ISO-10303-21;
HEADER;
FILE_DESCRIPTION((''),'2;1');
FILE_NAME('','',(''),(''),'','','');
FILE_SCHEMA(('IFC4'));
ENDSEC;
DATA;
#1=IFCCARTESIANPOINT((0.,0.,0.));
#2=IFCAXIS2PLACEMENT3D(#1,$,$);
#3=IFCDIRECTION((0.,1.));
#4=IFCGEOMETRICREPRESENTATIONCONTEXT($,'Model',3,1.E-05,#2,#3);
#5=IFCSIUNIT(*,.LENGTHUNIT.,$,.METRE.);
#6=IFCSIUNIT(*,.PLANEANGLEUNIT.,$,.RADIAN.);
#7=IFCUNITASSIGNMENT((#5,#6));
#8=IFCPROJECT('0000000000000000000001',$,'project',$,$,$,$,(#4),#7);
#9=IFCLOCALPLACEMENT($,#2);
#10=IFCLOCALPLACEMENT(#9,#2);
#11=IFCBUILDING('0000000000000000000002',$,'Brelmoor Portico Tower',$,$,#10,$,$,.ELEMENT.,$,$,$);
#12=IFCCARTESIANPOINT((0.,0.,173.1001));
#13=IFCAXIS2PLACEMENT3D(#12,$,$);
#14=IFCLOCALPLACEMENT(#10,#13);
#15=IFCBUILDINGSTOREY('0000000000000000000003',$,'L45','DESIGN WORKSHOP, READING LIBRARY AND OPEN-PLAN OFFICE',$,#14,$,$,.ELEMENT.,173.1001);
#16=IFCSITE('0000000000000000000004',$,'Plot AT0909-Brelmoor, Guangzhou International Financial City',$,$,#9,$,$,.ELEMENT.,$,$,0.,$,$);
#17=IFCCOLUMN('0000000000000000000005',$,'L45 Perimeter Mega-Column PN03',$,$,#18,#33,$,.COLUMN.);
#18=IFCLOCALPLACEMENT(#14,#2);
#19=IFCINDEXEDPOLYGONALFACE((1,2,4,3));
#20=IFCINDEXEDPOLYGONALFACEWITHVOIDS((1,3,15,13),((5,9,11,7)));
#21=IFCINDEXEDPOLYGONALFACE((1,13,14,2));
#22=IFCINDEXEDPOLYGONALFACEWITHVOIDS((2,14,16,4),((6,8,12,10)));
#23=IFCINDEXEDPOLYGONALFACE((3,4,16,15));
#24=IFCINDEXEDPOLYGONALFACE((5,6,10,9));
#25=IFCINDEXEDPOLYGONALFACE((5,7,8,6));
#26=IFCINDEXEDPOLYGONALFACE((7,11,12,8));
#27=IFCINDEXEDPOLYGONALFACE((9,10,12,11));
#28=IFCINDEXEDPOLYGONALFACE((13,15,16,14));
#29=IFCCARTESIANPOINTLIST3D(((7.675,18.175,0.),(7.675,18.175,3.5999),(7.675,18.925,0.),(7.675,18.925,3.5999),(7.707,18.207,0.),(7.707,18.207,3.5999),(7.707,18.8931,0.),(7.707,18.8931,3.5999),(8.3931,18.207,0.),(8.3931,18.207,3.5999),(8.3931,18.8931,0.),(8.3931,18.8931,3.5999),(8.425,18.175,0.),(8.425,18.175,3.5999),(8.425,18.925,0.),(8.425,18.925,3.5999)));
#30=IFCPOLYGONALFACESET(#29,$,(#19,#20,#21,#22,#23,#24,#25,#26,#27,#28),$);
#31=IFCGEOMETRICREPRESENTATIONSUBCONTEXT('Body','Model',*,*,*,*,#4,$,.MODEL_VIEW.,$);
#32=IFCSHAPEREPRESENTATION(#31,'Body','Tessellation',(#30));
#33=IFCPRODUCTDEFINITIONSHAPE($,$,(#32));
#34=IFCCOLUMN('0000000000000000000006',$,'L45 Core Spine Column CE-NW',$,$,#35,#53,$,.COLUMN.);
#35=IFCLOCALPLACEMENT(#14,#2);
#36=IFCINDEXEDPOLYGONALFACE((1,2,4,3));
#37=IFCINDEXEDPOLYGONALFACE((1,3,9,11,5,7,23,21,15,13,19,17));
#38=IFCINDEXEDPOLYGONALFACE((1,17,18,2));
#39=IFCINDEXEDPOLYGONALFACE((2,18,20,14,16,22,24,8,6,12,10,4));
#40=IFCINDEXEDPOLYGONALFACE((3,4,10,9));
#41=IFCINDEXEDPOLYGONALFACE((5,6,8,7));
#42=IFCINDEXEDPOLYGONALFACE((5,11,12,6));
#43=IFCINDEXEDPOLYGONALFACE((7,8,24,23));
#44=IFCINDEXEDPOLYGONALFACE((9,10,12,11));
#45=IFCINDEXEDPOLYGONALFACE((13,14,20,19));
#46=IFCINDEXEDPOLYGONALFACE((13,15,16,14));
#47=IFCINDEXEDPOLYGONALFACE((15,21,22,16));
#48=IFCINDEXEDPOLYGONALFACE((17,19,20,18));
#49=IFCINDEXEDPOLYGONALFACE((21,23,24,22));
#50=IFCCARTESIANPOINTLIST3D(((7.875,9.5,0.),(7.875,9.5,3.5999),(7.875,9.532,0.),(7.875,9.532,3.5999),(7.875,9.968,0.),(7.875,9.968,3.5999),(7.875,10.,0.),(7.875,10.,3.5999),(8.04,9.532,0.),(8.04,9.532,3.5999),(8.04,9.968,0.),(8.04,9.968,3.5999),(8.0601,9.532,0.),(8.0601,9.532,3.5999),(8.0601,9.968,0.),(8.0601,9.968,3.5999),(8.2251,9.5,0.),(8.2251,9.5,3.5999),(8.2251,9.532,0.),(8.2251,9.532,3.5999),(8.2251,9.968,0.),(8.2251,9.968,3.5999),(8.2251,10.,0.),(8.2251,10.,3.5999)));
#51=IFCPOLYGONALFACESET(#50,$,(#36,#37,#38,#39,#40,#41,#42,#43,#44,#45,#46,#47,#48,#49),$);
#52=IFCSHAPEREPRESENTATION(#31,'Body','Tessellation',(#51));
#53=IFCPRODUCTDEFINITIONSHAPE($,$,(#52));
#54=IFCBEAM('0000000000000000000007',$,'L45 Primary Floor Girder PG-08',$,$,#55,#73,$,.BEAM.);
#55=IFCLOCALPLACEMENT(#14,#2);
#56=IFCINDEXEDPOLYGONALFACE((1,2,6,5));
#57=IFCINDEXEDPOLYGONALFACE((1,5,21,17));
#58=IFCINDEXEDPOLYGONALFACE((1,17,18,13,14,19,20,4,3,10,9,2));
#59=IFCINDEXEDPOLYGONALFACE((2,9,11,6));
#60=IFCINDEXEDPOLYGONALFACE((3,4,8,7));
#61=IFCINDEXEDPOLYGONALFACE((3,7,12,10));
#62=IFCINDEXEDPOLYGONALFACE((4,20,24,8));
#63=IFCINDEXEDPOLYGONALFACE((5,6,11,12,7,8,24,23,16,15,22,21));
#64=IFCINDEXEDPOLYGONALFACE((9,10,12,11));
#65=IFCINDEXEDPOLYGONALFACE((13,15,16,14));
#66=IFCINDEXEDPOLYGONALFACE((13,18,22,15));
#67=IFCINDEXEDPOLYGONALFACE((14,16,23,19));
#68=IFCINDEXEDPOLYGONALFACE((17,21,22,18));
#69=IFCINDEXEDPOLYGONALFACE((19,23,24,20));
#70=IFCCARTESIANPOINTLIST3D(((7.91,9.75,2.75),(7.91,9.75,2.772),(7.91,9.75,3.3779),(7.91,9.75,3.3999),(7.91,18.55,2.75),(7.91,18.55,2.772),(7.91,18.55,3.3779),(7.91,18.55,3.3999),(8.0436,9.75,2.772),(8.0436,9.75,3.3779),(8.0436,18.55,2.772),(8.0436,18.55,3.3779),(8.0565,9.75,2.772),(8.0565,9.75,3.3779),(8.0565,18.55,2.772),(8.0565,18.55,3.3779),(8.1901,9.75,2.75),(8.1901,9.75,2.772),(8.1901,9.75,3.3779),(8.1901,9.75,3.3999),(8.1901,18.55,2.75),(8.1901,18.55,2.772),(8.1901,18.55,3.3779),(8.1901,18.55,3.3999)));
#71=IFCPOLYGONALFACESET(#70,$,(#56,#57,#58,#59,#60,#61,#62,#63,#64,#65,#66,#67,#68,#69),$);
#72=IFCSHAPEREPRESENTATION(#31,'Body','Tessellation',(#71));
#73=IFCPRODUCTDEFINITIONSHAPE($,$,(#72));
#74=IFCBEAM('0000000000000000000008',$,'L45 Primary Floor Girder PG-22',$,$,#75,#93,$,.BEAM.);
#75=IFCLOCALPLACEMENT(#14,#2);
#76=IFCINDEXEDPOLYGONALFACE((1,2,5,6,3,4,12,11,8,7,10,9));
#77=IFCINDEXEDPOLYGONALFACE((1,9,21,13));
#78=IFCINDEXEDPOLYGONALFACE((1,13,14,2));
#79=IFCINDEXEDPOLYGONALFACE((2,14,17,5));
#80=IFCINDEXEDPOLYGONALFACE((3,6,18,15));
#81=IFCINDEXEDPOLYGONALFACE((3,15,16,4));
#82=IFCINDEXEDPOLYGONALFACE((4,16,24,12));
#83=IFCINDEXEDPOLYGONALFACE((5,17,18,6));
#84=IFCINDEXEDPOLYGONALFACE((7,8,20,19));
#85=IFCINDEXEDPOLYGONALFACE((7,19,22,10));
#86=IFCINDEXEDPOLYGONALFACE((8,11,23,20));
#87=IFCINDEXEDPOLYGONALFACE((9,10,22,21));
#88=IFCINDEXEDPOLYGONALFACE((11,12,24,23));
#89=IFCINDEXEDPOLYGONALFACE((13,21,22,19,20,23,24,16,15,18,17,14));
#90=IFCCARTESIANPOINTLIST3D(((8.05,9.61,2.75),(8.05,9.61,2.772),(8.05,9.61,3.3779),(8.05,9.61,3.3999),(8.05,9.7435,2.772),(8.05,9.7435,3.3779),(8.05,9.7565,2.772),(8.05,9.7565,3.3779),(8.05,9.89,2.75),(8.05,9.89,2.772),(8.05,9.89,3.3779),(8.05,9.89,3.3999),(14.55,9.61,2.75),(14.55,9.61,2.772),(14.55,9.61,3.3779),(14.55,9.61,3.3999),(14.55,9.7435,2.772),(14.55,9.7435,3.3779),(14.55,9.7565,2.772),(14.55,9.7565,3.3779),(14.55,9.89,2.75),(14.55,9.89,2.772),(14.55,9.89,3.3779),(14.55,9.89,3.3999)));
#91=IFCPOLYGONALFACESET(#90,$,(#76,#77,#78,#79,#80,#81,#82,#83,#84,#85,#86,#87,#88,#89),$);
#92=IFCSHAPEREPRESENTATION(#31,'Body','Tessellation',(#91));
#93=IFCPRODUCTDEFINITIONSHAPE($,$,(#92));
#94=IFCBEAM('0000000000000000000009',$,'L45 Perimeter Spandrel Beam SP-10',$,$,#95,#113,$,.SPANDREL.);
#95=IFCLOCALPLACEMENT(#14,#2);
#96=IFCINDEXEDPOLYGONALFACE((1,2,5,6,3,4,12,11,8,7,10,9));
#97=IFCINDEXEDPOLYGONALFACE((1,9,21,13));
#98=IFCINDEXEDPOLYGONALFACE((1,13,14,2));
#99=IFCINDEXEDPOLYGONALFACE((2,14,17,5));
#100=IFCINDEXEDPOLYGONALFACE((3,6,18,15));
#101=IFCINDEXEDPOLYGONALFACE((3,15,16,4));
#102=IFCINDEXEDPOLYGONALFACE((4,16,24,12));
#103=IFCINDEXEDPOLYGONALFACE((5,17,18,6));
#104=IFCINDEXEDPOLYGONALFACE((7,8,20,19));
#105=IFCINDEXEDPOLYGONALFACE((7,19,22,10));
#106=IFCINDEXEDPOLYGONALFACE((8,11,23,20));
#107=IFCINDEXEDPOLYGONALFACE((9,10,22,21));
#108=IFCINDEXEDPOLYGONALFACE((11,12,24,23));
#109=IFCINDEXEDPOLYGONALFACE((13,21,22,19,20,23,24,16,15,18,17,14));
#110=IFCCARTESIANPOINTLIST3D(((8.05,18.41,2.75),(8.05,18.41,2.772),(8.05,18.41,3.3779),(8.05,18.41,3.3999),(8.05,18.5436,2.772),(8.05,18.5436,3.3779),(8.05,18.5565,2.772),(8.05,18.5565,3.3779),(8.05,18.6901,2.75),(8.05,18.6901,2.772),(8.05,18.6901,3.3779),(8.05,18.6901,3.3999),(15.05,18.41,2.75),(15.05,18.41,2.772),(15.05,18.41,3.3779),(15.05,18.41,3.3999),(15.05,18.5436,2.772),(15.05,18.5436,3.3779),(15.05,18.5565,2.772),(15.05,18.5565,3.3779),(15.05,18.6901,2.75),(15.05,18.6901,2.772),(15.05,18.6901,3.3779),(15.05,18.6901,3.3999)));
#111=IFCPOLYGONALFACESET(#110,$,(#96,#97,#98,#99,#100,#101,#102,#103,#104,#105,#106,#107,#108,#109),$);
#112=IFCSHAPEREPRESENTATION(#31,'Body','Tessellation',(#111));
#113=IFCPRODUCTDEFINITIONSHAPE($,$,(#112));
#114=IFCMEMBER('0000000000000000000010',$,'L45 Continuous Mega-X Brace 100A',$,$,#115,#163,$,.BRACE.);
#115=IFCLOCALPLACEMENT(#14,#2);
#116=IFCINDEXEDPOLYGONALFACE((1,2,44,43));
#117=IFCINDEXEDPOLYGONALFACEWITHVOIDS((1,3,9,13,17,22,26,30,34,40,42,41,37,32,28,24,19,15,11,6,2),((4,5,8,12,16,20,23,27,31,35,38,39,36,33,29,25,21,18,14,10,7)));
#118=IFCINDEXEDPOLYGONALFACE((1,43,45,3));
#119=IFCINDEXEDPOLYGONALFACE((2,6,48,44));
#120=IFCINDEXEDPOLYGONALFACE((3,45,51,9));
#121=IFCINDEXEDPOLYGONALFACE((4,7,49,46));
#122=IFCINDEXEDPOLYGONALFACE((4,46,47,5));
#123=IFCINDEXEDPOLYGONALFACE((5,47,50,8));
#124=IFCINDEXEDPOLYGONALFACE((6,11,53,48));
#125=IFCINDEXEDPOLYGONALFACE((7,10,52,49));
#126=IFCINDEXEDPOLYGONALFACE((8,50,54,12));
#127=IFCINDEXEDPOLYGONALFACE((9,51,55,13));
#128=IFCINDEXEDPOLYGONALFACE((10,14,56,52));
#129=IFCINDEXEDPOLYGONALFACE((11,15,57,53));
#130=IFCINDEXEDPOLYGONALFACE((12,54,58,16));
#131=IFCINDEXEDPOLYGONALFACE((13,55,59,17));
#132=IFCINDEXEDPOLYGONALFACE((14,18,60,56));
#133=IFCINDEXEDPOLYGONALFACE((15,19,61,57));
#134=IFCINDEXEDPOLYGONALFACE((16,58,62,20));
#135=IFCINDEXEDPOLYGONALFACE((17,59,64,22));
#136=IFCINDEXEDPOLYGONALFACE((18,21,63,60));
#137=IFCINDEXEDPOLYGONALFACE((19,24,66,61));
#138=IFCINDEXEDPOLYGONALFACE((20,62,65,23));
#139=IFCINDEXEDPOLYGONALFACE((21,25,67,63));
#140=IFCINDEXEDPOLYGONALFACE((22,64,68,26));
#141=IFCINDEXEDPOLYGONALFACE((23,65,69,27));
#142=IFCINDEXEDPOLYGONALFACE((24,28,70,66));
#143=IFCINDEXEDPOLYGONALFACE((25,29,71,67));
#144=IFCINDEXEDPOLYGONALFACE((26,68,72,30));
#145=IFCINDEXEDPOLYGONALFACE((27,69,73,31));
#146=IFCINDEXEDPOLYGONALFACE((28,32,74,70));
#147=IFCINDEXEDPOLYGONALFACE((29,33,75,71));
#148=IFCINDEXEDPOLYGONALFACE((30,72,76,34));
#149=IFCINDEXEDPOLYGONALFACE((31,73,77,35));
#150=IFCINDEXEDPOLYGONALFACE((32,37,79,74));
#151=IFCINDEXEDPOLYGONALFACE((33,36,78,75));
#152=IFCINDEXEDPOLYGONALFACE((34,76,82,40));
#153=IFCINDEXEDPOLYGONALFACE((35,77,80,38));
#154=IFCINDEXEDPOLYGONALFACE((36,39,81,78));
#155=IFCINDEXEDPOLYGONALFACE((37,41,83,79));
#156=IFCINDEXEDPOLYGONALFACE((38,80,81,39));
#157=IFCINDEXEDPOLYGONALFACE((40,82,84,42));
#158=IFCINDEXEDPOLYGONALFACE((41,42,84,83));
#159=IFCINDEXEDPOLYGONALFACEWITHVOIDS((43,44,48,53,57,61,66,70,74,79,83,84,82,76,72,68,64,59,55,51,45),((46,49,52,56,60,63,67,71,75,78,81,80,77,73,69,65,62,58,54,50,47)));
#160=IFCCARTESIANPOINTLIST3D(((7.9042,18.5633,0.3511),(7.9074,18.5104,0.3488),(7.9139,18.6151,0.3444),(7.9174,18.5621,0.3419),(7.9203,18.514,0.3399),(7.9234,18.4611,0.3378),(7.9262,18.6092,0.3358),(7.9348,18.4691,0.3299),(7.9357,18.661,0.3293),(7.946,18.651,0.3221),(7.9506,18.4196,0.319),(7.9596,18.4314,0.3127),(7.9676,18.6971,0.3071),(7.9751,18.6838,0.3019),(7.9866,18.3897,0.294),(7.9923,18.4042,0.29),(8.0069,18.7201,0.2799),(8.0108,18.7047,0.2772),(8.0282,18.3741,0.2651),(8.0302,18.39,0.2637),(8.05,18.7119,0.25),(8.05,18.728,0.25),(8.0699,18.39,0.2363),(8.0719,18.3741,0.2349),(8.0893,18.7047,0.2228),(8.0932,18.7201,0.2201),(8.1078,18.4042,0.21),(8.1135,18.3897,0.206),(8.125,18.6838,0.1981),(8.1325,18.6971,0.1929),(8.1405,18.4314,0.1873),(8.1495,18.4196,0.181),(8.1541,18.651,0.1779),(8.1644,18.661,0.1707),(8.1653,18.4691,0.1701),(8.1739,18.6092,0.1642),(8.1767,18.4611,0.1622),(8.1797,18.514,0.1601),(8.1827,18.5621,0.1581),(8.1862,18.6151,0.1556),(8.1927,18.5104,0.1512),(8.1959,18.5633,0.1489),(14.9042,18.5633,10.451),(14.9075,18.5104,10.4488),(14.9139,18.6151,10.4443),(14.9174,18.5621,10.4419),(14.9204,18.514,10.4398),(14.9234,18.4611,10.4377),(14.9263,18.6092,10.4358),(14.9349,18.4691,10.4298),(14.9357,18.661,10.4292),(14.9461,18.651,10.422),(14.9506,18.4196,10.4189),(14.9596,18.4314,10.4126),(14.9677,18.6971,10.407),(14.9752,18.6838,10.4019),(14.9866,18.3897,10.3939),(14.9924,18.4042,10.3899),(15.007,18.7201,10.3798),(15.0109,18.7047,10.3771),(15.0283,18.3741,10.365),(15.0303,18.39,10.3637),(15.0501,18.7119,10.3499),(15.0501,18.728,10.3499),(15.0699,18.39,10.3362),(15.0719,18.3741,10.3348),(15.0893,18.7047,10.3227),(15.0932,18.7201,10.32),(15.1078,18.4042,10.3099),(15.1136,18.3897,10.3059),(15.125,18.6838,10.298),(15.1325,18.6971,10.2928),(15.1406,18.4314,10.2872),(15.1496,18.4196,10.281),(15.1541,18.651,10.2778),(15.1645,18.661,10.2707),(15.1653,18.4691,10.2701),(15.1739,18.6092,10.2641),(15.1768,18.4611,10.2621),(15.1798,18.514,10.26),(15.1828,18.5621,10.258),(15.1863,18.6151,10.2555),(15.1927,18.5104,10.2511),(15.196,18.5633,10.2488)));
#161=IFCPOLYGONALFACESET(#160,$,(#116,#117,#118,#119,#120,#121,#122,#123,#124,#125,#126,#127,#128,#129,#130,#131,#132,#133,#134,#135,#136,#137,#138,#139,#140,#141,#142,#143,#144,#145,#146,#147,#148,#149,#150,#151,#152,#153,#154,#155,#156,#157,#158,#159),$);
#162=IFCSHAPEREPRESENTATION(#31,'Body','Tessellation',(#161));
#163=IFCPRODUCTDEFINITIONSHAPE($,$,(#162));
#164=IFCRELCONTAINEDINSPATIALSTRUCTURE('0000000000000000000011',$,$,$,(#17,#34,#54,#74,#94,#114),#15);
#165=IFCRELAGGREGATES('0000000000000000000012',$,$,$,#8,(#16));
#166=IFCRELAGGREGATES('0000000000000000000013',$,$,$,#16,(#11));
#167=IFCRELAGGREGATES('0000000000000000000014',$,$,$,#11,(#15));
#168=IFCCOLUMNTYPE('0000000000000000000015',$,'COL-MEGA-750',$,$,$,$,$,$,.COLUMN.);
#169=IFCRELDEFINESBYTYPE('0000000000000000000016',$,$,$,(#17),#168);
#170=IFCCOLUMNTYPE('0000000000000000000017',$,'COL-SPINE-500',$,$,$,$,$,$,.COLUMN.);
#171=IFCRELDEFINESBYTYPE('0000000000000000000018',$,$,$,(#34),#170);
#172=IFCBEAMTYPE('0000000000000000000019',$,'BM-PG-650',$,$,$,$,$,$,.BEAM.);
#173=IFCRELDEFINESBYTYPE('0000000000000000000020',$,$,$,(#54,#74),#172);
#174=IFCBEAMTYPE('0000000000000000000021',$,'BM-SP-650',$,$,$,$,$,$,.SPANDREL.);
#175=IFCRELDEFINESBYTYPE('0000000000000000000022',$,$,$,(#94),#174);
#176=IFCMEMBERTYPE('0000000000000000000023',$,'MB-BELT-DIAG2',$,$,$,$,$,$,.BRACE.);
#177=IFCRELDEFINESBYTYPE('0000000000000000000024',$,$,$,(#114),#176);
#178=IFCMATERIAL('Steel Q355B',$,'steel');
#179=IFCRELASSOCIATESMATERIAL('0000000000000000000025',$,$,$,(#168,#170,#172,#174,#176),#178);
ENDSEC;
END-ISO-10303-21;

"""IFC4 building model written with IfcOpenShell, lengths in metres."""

from ifc_helpers import new_model, si_unit, direction, frame, origin, origin_2d, place, context, subcontext, project, spatial, hollow_rectangle, hollow_circle, i_section, extrude, material, material_profile, profile_set, type_object, element, save


model = new_model("IFC4")

# Units and contexts
model_context = context("Model", 3, precision=1e-05, world=origin(), true_north=direction((0.0, 1.0)))
body_context = subcontext(model_context, "Body", "Model", "MODEL_VIEW")
ifc_project = project(units=[si_unit("LENGTHUNIT", "METRE"), si_unit("PLANEANGLEUNIT", "RADIAN")], contexts=[model_context])

# Site, building, storey
site_placement = place(None, origin())
site = spatial("IfcSite", under=ifc_project, at=site_placement, Name="Plot AT0909-Brelmoor, Guangzhou International Financial City", CompositionType="ELEMENT", RefElevation=0.0)
building_placement = place(site_placement, origin())
building = spatial("IfcBuilding", under=site, at=building_placement, Name="Brelmoor Portico Tower", CompositionType="ELEMENT")
storey_placement = place(building_placement, frame((0.0, 0.0, 173.1001)))
storey = spatial("IfcBuildingStorey", under=building, at=storey_placement, Name="L45", Description="DESIGN WORKSHOP, READING LIBRARY AND OPEN-PLAN OFFICE", CompositionType="ELEMENT", Elevation=173.1001)

# Columns
ifc_material_1 = material(Name="Steel Q355B", Category="steel")
ifc_material_profile_1 = material_profile(ifc_material_1, hollow_rectangle(XDim=0.75, YDim=0.75, WallThickness=0.032, at=origin_2d()), Name="BOX 750x750x32")
ifc_profile_set_1 = profile_set([ifc_material_profile_1], Name="Steel Q355B")
column_type_1 = type_object("IfcColumnType", Name="COL-MEGA-750", PredefinedType="COLUMN", material=ifc_profile_set_1)
column_1_placement = place(storey_placement, frame((8.05, 18.55, 0.0), z_axis=(0.0, 0.0, 1.0), x_axis=(1.0, 0.0, 0.0)))
element("IfcColumn", 1, at=column_1_placement, inside=storey, type_object=column_type_1, Name="L45 Perimeter Mega-Column PN03", PredefinedType="COLUMN", context=body_context, shape_type="SweptSolid", body=[
    extrude(hollow_rectangle(XDim=0.75, YDim=0.75, WallThickness=0.032, at=origin_2d()), origin(), (0.0, 0.0, 1.0), 3.5999),
])
ifc_material_profile_2 = material_profile(ifc_material_1, i_section(OverallWidth=0.3501, OverallDepth=0.5, WebThickness=0.02, FlangeThickness=0.032, at=origin_2d()), Name="HW 500x350x20x32")
ifc_profile_set_2 = profile_set([ifc_material_profile_2], Name="Steel Q355B")
column_type_2 = type_object("IfcColumnType", Name="COL-SPINE-500", PredefinedType="COLUMN", material=ifc_profile_set_2)
column_2_placement = place(storey_placement, frame((8.05, 9.75, 0.0), z_axis=(0.0, 0.0, 1.0), x_axis=(1.0, 0.0, 0.0)))
element("IfcColumn", 2, at=column_2_placement, inside=storey, type_object=column_type_2, Name="L45 Core Spine Column CE-NW", PredefinedType="COLUMN", context=body_context, shape_type="SweptSolid", body=[
    extrude(i_section(OverallWidth=0.3501, OverallDepth=0.5, WebThickness=0.02, FlangeThickness=0.032, at=origin_2d()), origin(), (0.0, 0.0, 1.0), 3.5999),
])

# Beams
ifc_material_profile_3 = material_profile(ifc_material_1, i_section(OverallWidth=0.28, OverallDepth=0.6499, WebThickness=0.0129, FlangeThickness=0.022, at=origin_2d()), Name="HN 650x280x13x22")
ifc_profile_set_3 = profile_set([ifc_material_profile_3], Name="Steel Q355B")
beam_type_1 = type_object("IfcBeamType", Name="BM-PG-650", PredefinedType="BEAM", material=ifc_profile_set_3)
beam_1_placement = place(storey_placement, frame((8.05, 9.75, 3.075), z_axis=(0.0, 1.0, 0.0), x_axis=(-1.0, 0.0, 0.0)))
element("IfcBeam", 3, at=beam_1_placement, inside=storey, type_object=beam_type_1, Name="L45 Primary Floor Girder PG-08", PredefinedType="BEAM", context=body_context, shape_type="SweptSolid", body=[
    extrude(i_section(OverallWidth=0.28, OverallDepth=0.6499, WebThickness=0.0129, FlangeThickness=0.022, at=origin_2d()), origin(), (0.0, 0.0, 1.0), 8.8),
])
beam_2_placement = place(storey_placement, frame((8.05, 9.75, 3.075), z_axis=(1.0, 0.0, 0.0), x_axis=(0.0, 1.0, 0.0)))
element("IfcBeam", 4, at=beam_2_placement, inside=storey, type_object=beam_type_1, Name="L45 Primary Floor Girder PG-22", PredefinedType="BEAM", context=body_context, shape_type="SweptSolid", body=[
    extrude(i_section(OverallWidth=0.28, OverallDepth=0.6499, WebThickness=0.0129, FlangeThickness=0.022, at=origin_2d()), origin(), (0.0, 0.0, 1.0), 6.5),
])
ifc_material_profile_4 = material_profile(ifc_material_1, i_section(OverallWidth=0.28, OverallDepth=0.6499, WebThickness=0.0129, FlangeThickness=0.022, at=origin_2d()), Name="HN 650x280x13x22")
ifc_profile_set_4 = profile_set([ifc_material_profile_4], Name="Steel Q355B")
beam_type_2 = type_object("IfcBeamType", Name="BM-SP-650", PredefinedType="SPANDREL", material=ifc_profile_set_4)
beam_3_placement = place(storey_placement, frame((8.05, 18.55, 3.075), z_axis=(1.0, 0.0, 0.0), x_axis=(0.0, 1.0, 0.0)))
element("IfcBeam", 5, at=beam_3_placement, inside=storey, type_object=beam_type_2, Name="L45 Perimeter Spandrel Beam SP-10", PredefinedType="SPANDREL", context=body_context, shape_type="SweptSolid", body=[
    extrude(i_section(OverallWidth=0.28, OverallDepth=0.6499, WebThickness=0.0129, FlangeThickness=0.022, at=origin_2d()), origin(), (0.0, 0.0, 1.0), 7.0),
])

# Member
ifc_material_profile_5 = material_profile(ifc_material_1, hollow_circle(Radius=0.178, WallThickness=0.0161, at=origin_2d()), Name="CHS 356x16")
ifc_profile_set_5 = profile_set([ifc_material_profile_5], Name="Steel Q355B")
member_type_1 = type_object("IfcMemberType", Name="MB-BELT-DIAG2", PredefinedType="BRACE", material=ifc_profile_set_5)
member_1_placement = place(storey_placement, frame((8.05, 18.55, 0.25), z_axis=(0.569639, 0.0, 0.821895), x_axis=(0.0, 1.0, 0.0)))
element("IfcMember", 6, at=member_1_placement, inside=storey, type_object=member_type_1, Name="L45 Continuous Mega-X Brace 100A", PredefinedType="BRACE", context=body_context, shape_type="SweptSolid", body=[
    extrude(hollow_circle(Radius=0.178, WallThickness=0.0161, at=origin_2d()), origin(), (0.0, 0.0, 1.0), 12.2886),
])

save(model, "model.ifc")
